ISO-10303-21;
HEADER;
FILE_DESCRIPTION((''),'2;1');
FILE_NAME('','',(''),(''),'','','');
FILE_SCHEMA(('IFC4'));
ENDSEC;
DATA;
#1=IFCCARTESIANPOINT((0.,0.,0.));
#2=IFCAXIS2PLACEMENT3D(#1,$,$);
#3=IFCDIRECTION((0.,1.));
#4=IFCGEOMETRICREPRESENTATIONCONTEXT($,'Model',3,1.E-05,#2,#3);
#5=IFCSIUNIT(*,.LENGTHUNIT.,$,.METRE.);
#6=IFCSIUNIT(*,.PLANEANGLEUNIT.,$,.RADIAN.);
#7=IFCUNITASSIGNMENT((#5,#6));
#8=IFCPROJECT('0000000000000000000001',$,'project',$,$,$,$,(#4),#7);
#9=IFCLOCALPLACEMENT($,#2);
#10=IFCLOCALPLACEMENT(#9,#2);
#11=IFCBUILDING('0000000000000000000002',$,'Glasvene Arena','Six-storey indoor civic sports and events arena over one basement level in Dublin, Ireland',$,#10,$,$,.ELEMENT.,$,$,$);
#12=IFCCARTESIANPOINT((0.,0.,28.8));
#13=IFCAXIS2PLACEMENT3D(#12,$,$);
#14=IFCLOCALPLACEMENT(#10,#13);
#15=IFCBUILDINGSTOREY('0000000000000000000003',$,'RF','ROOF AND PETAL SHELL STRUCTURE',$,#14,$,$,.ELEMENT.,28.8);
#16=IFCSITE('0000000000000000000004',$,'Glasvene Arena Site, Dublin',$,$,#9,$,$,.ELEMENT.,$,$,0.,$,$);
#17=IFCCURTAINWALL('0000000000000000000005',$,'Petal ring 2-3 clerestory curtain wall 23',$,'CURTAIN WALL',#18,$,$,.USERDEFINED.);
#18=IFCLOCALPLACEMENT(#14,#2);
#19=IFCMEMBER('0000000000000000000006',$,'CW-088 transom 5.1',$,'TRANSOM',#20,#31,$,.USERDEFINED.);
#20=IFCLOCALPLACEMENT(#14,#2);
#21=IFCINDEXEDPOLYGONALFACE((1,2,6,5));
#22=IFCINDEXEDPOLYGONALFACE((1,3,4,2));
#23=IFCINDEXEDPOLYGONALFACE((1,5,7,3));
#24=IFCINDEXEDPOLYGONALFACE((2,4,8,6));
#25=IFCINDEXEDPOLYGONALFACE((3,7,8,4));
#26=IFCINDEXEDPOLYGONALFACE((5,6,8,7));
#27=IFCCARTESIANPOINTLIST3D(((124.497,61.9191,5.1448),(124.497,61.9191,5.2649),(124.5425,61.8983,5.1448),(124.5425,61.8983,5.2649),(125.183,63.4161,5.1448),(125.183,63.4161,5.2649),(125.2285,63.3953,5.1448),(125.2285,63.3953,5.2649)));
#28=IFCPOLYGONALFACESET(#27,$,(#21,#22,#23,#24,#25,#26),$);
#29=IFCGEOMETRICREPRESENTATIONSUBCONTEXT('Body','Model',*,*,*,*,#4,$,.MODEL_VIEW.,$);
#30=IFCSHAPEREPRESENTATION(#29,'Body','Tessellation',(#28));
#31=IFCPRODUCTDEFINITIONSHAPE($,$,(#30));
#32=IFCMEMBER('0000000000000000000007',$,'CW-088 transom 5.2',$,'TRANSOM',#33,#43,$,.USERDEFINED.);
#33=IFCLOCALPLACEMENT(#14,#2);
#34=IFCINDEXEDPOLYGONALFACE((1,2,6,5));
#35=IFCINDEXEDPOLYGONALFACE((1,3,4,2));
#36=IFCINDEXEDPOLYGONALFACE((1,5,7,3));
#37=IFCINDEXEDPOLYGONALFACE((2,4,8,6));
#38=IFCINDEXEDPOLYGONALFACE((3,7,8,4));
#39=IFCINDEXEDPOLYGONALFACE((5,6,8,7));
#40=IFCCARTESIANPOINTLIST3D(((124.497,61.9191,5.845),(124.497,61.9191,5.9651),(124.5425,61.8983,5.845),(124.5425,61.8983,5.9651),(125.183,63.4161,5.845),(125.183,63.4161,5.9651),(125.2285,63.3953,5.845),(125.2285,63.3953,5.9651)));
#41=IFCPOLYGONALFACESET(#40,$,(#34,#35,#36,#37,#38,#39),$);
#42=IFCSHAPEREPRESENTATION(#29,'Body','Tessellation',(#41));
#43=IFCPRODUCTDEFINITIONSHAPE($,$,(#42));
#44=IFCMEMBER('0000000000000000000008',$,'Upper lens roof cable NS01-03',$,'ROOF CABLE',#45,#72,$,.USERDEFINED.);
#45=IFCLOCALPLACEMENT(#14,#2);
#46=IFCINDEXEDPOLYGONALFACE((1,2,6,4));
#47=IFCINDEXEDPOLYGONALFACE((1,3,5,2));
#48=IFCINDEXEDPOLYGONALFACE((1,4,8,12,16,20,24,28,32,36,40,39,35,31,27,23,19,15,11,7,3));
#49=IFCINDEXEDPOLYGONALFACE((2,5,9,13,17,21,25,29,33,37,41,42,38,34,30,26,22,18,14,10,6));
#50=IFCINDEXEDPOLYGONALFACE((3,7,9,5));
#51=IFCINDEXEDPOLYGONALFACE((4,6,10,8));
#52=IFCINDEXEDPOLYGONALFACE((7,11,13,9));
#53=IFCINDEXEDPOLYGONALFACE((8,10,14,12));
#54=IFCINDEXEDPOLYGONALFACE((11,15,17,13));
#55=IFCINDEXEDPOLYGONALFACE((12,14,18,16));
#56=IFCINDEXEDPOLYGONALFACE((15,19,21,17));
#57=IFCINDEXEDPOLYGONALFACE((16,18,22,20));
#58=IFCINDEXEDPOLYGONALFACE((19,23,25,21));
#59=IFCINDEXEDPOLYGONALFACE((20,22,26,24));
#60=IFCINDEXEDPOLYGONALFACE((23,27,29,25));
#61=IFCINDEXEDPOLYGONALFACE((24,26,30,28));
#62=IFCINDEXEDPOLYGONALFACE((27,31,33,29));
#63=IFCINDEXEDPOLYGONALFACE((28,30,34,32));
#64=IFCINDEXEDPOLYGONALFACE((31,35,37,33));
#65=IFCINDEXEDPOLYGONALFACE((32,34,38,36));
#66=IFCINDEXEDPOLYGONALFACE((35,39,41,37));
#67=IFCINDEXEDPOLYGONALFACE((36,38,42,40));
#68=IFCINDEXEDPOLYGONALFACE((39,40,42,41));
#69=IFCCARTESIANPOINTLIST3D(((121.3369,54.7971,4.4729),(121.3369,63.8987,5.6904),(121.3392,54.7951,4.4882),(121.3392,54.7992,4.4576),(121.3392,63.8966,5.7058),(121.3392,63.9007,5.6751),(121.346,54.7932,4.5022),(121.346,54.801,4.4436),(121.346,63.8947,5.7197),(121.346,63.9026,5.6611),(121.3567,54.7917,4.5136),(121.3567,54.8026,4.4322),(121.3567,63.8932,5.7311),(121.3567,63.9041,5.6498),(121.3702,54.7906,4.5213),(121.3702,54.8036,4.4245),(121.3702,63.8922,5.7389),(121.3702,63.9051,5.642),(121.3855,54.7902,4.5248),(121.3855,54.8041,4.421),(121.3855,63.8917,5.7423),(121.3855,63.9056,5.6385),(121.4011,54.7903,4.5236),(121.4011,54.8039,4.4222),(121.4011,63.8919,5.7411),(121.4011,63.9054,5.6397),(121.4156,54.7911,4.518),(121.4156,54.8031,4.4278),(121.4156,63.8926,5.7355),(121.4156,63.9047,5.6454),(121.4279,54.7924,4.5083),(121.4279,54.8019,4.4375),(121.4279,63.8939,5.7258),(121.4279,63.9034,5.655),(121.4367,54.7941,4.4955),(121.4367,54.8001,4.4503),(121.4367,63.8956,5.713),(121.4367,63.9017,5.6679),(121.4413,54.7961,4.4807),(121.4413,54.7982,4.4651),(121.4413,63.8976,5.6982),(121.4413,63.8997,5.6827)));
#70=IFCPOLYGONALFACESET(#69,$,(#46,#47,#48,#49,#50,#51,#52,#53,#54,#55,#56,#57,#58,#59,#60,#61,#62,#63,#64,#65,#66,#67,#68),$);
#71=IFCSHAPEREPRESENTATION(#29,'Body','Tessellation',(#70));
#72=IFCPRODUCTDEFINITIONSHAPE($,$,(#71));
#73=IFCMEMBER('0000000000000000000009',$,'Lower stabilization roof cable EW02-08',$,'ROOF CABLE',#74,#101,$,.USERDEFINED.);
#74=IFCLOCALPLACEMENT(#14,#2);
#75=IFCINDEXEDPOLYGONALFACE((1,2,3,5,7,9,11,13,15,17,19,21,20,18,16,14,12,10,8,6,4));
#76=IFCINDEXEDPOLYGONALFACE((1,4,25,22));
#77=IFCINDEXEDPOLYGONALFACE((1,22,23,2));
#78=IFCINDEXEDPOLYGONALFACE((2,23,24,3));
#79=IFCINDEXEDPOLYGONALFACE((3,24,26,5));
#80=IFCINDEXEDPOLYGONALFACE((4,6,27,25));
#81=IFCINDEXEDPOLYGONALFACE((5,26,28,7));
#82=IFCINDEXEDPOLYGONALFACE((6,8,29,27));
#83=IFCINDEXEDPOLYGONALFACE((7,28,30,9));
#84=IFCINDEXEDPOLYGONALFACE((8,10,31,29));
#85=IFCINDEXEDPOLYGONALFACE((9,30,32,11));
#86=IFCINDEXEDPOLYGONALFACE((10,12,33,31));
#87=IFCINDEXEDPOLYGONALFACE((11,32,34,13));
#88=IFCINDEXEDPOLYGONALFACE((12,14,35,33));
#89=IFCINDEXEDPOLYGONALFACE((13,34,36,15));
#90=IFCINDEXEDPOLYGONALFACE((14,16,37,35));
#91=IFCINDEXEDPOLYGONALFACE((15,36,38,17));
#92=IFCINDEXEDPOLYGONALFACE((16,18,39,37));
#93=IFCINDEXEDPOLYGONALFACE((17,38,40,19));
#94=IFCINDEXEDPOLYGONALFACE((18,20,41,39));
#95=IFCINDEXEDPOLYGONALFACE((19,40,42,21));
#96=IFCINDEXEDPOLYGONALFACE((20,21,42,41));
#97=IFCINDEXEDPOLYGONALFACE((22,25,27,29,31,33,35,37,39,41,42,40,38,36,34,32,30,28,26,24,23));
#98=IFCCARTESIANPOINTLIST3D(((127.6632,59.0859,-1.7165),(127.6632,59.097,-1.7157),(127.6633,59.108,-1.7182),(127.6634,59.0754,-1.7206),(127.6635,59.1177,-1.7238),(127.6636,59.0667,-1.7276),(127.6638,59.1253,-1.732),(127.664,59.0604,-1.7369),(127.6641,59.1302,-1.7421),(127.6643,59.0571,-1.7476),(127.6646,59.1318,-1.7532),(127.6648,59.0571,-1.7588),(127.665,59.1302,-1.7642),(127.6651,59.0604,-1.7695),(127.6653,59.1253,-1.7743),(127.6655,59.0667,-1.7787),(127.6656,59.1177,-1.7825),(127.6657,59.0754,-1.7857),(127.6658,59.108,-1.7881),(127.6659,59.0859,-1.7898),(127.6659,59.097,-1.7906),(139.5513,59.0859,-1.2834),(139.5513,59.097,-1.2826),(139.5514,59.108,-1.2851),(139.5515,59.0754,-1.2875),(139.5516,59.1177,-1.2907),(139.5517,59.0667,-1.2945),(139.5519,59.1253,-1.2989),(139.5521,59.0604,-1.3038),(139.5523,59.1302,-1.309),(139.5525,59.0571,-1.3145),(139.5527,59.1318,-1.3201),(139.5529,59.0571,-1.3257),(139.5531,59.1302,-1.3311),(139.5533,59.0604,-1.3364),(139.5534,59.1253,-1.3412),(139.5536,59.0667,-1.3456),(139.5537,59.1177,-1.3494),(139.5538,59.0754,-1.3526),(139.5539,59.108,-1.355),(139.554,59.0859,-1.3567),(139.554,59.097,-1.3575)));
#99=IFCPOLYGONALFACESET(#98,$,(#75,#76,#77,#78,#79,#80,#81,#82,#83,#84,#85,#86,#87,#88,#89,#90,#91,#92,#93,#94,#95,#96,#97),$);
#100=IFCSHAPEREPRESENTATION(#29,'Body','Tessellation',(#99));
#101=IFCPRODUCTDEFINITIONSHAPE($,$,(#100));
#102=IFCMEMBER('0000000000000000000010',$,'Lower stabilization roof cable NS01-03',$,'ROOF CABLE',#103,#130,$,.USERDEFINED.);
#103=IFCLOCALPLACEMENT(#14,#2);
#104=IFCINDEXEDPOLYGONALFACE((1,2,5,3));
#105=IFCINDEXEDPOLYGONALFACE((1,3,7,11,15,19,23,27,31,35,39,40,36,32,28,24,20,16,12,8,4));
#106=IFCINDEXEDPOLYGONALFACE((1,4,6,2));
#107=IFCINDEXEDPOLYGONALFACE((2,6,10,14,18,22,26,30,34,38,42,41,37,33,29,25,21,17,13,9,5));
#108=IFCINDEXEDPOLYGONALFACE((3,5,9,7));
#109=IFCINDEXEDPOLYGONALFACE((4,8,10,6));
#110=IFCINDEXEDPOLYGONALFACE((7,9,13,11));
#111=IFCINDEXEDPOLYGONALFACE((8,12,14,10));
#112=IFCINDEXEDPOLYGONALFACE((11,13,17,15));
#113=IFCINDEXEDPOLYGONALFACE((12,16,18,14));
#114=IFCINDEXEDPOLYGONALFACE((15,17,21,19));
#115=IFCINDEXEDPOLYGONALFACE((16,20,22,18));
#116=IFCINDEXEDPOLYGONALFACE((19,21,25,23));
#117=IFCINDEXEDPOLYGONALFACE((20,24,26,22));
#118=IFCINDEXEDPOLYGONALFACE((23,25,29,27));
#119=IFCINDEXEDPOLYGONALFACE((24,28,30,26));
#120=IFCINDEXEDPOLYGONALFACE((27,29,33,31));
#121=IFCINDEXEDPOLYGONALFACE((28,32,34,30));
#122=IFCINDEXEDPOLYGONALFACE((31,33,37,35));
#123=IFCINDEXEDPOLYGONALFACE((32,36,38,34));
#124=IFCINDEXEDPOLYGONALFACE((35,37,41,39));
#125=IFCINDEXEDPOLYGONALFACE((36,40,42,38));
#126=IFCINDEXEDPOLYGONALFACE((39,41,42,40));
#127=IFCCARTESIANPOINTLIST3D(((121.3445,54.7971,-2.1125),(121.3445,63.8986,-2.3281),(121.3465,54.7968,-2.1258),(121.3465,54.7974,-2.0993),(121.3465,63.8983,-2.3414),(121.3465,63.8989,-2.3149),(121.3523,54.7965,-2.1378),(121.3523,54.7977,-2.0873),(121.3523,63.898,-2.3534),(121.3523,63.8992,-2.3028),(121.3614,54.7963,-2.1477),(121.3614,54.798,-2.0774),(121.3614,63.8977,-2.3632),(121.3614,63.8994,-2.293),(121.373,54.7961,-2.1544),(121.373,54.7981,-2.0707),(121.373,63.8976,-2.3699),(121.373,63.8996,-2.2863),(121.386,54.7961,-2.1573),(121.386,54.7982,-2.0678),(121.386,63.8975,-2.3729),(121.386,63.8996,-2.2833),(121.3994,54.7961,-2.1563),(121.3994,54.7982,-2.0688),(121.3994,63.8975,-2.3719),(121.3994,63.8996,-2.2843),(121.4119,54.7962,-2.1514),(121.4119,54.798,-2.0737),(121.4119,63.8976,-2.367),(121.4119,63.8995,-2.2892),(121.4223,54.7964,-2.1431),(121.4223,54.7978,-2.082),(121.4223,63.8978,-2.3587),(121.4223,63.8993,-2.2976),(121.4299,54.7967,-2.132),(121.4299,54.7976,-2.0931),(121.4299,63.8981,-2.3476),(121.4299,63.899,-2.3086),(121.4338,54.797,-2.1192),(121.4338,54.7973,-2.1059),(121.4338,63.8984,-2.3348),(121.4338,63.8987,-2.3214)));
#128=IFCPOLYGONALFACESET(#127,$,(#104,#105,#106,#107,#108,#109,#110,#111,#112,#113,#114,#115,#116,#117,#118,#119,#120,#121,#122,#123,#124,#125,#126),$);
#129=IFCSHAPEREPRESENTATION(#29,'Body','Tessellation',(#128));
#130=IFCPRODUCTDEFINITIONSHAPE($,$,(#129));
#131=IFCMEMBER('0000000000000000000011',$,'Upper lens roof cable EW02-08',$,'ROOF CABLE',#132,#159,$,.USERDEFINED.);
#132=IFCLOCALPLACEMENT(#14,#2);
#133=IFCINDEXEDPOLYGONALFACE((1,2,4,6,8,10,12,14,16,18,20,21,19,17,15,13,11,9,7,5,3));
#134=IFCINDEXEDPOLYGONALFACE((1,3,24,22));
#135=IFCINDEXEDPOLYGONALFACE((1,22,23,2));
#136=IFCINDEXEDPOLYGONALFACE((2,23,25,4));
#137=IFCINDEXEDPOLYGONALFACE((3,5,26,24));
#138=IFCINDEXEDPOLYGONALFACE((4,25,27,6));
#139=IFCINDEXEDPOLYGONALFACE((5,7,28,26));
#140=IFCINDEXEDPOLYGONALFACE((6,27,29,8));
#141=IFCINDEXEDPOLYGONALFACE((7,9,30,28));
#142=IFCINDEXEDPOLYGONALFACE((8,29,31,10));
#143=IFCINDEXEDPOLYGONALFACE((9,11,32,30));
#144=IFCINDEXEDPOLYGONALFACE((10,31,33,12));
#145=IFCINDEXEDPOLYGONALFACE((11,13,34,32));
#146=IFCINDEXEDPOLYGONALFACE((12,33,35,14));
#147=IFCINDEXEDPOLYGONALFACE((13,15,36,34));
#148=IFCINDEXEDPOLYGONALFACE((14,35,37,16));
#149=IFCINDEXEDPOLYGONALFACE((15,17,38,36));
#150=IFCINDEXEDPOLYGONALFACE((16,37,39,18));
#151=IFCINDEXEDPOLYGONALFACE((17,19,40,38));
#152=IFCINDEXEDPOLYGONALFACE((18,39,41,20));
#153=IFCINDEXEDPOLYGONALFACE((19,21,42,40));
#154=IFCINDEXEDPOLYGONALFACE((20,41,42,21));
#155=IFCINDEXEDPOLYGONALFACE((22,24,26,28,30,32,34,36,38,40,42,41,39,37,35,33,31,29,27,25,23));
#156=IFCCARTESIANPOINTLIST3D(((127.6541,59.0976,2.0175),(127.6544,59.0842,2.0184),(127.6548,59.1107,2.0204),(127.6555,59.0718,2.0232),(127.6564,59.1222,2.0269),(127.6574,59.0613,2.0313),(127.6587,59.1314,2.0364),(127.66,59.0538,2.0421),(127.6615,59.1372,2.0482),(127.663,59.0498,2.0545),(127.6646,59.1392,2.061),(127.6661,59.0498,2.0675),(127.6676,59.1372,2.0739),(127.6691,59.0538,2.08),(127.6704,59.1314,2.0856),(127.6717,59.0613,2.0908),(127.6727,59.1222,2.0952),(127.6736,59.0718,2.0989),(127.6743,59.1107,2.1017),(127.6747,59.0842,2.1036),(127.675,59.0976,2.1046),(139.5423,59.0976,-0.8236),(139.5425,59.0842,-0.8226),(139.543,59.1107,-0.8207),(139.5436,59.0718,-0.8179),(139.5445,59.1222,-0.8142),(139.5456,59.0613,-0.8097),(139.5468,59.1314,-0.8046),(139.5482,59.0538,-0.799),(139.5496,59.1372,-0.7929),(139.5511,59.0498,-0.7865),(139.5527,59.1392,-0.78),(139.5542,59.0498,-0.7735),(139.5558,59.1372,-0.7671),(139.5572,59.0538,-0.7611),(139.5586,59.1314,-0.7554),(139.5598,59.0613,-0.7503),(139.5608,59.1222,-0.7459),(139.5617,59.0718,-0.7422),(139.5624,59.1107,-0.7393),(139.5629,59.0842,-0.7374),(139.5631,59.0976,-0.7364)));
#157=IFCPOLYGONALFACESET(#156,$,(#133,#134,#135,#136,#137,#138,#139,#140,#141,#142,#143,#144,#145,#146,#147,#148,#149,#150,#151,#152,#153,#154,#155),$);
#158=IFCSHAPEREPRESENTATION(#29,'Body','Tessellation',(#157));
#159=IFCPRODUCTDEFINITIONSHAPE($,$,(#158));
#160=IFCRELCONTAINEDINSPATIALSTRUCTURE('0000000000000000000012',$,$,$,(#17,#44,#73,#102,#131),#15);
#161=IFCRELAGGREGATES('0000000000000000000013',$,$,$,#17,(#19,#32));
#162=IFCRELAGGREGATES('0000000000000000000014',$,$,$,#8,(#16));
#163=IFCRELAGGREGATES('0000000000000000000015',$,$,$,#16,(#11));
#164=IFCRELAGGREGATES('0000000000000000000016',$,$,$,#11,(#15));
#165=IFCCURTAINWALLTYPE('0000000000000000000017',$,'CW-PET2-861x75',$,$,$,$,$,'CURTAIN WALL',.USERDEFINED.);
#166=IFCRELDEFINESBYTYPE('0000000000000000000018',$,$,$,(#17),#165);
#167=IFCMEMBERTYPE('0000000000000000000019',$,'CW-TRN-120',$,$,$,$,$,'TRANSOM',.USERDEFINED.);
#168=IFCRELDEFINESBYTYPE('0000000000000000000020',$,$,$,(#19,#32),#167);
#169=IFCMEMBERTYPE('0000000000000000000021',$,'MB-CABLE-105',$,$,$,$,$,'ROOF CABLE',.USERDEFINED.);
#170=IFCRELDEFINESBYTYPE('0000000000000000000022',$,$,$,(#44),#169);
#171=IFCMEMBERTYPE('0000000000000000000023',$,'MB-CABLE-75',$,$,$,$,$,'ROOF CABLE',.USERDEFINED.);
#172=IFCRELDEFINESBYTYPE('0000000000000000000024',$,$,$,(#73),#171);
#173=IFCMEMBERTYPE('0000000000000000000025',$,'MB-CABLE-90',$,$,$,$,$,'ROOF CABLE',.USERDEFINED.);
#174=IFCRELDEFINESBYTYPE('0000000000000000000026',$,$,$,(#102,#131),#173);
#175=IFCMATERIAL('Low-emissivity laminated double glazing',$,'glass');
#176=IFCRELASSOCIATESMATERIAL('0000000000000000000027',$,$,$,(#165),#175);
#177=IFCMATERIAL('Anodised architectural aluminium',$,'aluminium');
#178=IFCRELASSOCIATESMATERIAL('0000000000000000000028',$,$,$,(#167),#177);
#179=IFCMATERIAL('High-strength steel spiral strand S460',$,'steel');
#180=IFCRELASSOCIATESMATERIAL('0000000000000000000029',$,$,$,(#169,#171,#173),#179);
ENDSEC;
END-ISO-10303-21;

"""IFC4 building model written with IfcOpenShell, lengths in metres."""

from ifc_helpers import new_model, si_unit, direction, frame, origin, origin_2d, place, context, subcontext, project, spatial, rectangle, circle, extrude, material, material_profile, profile_set, type_object, element, aggregate, save


model = new_model("IFC4")

# Units and contexts
model_context = context("Model", 3, precision=1e-05, world=origin(), true_north=direction((0.0, 1.0)))
body_context = subcontext(model_context, "Body", "Model", "MODEL_VIEW")
ifc_project = project(units=[si_unit("LENGTHUNIT", "METRE"), si_unit("PLANEANGLEUNIT", "RADIAN")], contexts=[model_context])

# Site, building, storey
site_placement = place(None, origin())
site = spatial("IfcSite", under=ifc_project, at=site_placement, Name="Glasvene Arena Site, Dublin", CompositionType="ELEMENT", RefElevation=0.0)
building_placement = place(site_placement, origin())
building = spatial("IfcBuilding", under=site, at=building_placement, Name="Glasvene Arena", Description="Six-storey indoor civic sports and events arena over one basement level in Dublin, Ireland", CompositionType="ELEMENT")
storey_placement = place(building_placement, frame((0.0, 0.0, 28.8)))
storey = spatial("IfcBuildingStorey", under=building, at=storey_placement, Name="RF", Description="ROOF AND PETAL SHELL STRUCTURE", CompositionType="ELEMENT", Elevation=28.8)

# Shared definitions
ifc_material_1 = material(Name="Low-emissivity laminated double glazing", Category="glass")
ifc_material_2 = material(Name="Anodised architectural aluminium", Category="aluminium")

# Curtain wall, members
curtain_wall_type_1 = type_object("IfcCurtainWallType", Name="CW-PET2-861x75", ElementType="CURTAIN WALL", PredefinedType="USERDEFINED", material=ifc_material_1)
curtain_wall_1_placement = place(storey_placement, frame((121.6404, 55.625, 0.0)))
curtain_wall_1 = element("IfcCurtainWall", 1, at=curtain_wall_1_placement, inside=storey, type_object=curtain_wall_type_1, Name="Petal ring 2-3 clerestory curtain wall 23", ObjectType="CURTAIN WALL", PredefinedType="USERDEFINED")
ifc_material_profile_1 = material_profile(ifc_material_2, rectangle(XDim=0.05, YDim=0.1201, at=origin_2d()), Name="ALU TRANSOM 50x120")
ifc_profile_set_1 = profile_set([ifc_material_profile_1], Name="Anodised architectural aluminium")
member_type_1 = type_object("IfcMemberType", Name="CW-TRN-120", ElementType="TRANSOM", PredefinedType="USERDEFINED", material=ifc_profile_set_1)
member_1_placement = place(storey_placement, frame((124.5198, 61.9087, 5.2048), z_axis=(0.416593, 0.909093, 0.0), x_axis=(-0.909093, 0.416593, 0.0)))
member_1 = element("IfcMember", 2, at=member_1_placement, type_object=member_type_1, Name="CW-088 transom 5.1", ObjectType="TRANSOM", PredefinedType="USERDEFINED", context=body_context, shape_type="SweptSolid", body=[
    extrude(rectangle(XDim=0.05, YDim=0.1201, at=origin_2d()), origin(), (0.0, 0.0, 1.0), 1.6467),
])
member_2_placement = place(storey_placement, frame((124.5198, 61.9087, 5.905), z_axis=(0.416593, 0.909093, 0.0), x_axis=(-0.909093, 0.416593, 0.0)))
member_2 = element("IfcMember", 3, at=member_2_placement, type_object=member_type_1, Name="CW-088 transom 5.2", ObjectType="TRANSOM", PredefinedType="USERDEFINED", context=body_context, shape_type="SweptSolid", body=[
    extrude(rectangle(XDim=0.05, YDim=0.1201, at=origin_2d()), origin(), (0.0, 0.0, 1.0), 1.6467),
])

# Members
ifc_material_3 = material(Name="High-strength steel spiral strand S460", Category="steel")
ifc_material_profile_2 = material_profile(ifc_material_3, circle(Radius=0.0525, at=origin_2d()), Name="LCSS D105")
ifc_profile_set_2 = profile_set([ifc_material_profile_2], Name="High-strength steel spiral strand S460")
member_type_2 = type_object("IfcMemberType", Name="MB-CABLE-105", ElementType="ROOF CABLE", PredefinedType="USERDEFINED", material=ifc_profile_set_2)
member_3_placement = place(storey_placement, frame((121.3894, 54.7971, 4.4729), z_axis=(0.0, 0.991171, 0.13259), x_axis=(-1.0, 0.0, 0.0)))
element("IfcMember", 4, at=member_3_placement, inside=storey, type_object=member_type_2, Name="Upper lens roof cable NS01-03", ObjectType="ROOF CABLE", PredefinedType="USERDEFINED", context=body_context, shape_type="SweptSolid", body=[
    extrude(circle(Radius=0.0525, at=origin_2d()), origin(), (0.0, 0.0, 1.0), 9.1826),
])
ifc_material_profile_3 = material_profile(ifc_material_3, circle(Radius=0.0376, at=origin_2d()), Name="LCSS D75")
ifc_profile_set_3 = profile_set([ifc_material_profile_3], Name="High-strength steel spiral strand S460")
member_type_3 = type_object("IfcMemberType", Name="MB-CABLE-75", ElementType="ROOF CABLE", PredefinedType="USERDEFINED", material=ifc_profile_set_3)
member_4_placement = place(storey_placement, frame((127.6646, 59.0942, -1.7532), z_axis=(0.999337, 0.0, 0.036407), x_axis=(0.0, 1.0, 0.0)))
element("IfcMember", 5, at=member_4_placement, inside=storey, type_object=member_type_3, Name="Lower stabilization roof cable EW02-08", ObjectType="ROOF CABLE", PredefinedType="USERDEFINED", context=body_context, shape_type="SweptSolid", body=[
    extrude(circle(Radius=0.0376, at=origin_2d()), origin(), (0.0, 0.0, 1.0), 11.896),
])
ifc_material_profile_4 = material_profile(ifc_material_3, circle(Radius=0.0449, at=origin_2d()), Name="LCSS D90")
ifc_profile_set_4 = profile_set([ifc_material_profile_4], Name="High-strength steel spiral strand S460")
member_type_4 = type_object("IfcMemberType", Name="MB-CABLE-90", ElementType="ROOF CABLE", PredefinedType="USERDEFINED", material=ifc_profile_set_4)
member_5_placement = place(storey_placement, frame((121.3894, 54.7971, -2.1125), z_axis=(0.0, 0.99972, -0.023679), x_axis=(-1.0, 0.0, 0.0)))
element("IfcMember", 6, at=member_5_placement, inside=storey, type_object=member_type_4, Name="Lower stabilization roof cable NS01-03", ObjectType="ROOF CABLE", PredefinedType="USERDEFINED", context=body_context, shape_type="SweptSolid", body=[
    extrude(circle(Radius=0.0449, at=origin_2d()), origin(), (0.0, 0.0, 1.0), 9.104),
])
member_6_placement = place(storey_placement, frame((127.6646, 59.0942, 2.061), z_axis=(0.972611, 0.0, -0.232437), x_axis=(0.0, 1.0, 0.0)))
element("IfcMember", 7, at=member_6_placement, inside=storey, type_object=member_type_4, Name="Upper lens roof cable EW02-08", ObjectType="ROOF CABLE", PredefinedType="USERDEFINED", context=body_context, shape_type="SweptSolid", body=[
    extrude(circle(Radius=0.0449, at=origin_2d()), origin(), (0.0, 0.0, 1.0), 12.2229),
])

aggregate(curtain_wall_1, [member_1, member_2])

save(model, "model.ifc")
